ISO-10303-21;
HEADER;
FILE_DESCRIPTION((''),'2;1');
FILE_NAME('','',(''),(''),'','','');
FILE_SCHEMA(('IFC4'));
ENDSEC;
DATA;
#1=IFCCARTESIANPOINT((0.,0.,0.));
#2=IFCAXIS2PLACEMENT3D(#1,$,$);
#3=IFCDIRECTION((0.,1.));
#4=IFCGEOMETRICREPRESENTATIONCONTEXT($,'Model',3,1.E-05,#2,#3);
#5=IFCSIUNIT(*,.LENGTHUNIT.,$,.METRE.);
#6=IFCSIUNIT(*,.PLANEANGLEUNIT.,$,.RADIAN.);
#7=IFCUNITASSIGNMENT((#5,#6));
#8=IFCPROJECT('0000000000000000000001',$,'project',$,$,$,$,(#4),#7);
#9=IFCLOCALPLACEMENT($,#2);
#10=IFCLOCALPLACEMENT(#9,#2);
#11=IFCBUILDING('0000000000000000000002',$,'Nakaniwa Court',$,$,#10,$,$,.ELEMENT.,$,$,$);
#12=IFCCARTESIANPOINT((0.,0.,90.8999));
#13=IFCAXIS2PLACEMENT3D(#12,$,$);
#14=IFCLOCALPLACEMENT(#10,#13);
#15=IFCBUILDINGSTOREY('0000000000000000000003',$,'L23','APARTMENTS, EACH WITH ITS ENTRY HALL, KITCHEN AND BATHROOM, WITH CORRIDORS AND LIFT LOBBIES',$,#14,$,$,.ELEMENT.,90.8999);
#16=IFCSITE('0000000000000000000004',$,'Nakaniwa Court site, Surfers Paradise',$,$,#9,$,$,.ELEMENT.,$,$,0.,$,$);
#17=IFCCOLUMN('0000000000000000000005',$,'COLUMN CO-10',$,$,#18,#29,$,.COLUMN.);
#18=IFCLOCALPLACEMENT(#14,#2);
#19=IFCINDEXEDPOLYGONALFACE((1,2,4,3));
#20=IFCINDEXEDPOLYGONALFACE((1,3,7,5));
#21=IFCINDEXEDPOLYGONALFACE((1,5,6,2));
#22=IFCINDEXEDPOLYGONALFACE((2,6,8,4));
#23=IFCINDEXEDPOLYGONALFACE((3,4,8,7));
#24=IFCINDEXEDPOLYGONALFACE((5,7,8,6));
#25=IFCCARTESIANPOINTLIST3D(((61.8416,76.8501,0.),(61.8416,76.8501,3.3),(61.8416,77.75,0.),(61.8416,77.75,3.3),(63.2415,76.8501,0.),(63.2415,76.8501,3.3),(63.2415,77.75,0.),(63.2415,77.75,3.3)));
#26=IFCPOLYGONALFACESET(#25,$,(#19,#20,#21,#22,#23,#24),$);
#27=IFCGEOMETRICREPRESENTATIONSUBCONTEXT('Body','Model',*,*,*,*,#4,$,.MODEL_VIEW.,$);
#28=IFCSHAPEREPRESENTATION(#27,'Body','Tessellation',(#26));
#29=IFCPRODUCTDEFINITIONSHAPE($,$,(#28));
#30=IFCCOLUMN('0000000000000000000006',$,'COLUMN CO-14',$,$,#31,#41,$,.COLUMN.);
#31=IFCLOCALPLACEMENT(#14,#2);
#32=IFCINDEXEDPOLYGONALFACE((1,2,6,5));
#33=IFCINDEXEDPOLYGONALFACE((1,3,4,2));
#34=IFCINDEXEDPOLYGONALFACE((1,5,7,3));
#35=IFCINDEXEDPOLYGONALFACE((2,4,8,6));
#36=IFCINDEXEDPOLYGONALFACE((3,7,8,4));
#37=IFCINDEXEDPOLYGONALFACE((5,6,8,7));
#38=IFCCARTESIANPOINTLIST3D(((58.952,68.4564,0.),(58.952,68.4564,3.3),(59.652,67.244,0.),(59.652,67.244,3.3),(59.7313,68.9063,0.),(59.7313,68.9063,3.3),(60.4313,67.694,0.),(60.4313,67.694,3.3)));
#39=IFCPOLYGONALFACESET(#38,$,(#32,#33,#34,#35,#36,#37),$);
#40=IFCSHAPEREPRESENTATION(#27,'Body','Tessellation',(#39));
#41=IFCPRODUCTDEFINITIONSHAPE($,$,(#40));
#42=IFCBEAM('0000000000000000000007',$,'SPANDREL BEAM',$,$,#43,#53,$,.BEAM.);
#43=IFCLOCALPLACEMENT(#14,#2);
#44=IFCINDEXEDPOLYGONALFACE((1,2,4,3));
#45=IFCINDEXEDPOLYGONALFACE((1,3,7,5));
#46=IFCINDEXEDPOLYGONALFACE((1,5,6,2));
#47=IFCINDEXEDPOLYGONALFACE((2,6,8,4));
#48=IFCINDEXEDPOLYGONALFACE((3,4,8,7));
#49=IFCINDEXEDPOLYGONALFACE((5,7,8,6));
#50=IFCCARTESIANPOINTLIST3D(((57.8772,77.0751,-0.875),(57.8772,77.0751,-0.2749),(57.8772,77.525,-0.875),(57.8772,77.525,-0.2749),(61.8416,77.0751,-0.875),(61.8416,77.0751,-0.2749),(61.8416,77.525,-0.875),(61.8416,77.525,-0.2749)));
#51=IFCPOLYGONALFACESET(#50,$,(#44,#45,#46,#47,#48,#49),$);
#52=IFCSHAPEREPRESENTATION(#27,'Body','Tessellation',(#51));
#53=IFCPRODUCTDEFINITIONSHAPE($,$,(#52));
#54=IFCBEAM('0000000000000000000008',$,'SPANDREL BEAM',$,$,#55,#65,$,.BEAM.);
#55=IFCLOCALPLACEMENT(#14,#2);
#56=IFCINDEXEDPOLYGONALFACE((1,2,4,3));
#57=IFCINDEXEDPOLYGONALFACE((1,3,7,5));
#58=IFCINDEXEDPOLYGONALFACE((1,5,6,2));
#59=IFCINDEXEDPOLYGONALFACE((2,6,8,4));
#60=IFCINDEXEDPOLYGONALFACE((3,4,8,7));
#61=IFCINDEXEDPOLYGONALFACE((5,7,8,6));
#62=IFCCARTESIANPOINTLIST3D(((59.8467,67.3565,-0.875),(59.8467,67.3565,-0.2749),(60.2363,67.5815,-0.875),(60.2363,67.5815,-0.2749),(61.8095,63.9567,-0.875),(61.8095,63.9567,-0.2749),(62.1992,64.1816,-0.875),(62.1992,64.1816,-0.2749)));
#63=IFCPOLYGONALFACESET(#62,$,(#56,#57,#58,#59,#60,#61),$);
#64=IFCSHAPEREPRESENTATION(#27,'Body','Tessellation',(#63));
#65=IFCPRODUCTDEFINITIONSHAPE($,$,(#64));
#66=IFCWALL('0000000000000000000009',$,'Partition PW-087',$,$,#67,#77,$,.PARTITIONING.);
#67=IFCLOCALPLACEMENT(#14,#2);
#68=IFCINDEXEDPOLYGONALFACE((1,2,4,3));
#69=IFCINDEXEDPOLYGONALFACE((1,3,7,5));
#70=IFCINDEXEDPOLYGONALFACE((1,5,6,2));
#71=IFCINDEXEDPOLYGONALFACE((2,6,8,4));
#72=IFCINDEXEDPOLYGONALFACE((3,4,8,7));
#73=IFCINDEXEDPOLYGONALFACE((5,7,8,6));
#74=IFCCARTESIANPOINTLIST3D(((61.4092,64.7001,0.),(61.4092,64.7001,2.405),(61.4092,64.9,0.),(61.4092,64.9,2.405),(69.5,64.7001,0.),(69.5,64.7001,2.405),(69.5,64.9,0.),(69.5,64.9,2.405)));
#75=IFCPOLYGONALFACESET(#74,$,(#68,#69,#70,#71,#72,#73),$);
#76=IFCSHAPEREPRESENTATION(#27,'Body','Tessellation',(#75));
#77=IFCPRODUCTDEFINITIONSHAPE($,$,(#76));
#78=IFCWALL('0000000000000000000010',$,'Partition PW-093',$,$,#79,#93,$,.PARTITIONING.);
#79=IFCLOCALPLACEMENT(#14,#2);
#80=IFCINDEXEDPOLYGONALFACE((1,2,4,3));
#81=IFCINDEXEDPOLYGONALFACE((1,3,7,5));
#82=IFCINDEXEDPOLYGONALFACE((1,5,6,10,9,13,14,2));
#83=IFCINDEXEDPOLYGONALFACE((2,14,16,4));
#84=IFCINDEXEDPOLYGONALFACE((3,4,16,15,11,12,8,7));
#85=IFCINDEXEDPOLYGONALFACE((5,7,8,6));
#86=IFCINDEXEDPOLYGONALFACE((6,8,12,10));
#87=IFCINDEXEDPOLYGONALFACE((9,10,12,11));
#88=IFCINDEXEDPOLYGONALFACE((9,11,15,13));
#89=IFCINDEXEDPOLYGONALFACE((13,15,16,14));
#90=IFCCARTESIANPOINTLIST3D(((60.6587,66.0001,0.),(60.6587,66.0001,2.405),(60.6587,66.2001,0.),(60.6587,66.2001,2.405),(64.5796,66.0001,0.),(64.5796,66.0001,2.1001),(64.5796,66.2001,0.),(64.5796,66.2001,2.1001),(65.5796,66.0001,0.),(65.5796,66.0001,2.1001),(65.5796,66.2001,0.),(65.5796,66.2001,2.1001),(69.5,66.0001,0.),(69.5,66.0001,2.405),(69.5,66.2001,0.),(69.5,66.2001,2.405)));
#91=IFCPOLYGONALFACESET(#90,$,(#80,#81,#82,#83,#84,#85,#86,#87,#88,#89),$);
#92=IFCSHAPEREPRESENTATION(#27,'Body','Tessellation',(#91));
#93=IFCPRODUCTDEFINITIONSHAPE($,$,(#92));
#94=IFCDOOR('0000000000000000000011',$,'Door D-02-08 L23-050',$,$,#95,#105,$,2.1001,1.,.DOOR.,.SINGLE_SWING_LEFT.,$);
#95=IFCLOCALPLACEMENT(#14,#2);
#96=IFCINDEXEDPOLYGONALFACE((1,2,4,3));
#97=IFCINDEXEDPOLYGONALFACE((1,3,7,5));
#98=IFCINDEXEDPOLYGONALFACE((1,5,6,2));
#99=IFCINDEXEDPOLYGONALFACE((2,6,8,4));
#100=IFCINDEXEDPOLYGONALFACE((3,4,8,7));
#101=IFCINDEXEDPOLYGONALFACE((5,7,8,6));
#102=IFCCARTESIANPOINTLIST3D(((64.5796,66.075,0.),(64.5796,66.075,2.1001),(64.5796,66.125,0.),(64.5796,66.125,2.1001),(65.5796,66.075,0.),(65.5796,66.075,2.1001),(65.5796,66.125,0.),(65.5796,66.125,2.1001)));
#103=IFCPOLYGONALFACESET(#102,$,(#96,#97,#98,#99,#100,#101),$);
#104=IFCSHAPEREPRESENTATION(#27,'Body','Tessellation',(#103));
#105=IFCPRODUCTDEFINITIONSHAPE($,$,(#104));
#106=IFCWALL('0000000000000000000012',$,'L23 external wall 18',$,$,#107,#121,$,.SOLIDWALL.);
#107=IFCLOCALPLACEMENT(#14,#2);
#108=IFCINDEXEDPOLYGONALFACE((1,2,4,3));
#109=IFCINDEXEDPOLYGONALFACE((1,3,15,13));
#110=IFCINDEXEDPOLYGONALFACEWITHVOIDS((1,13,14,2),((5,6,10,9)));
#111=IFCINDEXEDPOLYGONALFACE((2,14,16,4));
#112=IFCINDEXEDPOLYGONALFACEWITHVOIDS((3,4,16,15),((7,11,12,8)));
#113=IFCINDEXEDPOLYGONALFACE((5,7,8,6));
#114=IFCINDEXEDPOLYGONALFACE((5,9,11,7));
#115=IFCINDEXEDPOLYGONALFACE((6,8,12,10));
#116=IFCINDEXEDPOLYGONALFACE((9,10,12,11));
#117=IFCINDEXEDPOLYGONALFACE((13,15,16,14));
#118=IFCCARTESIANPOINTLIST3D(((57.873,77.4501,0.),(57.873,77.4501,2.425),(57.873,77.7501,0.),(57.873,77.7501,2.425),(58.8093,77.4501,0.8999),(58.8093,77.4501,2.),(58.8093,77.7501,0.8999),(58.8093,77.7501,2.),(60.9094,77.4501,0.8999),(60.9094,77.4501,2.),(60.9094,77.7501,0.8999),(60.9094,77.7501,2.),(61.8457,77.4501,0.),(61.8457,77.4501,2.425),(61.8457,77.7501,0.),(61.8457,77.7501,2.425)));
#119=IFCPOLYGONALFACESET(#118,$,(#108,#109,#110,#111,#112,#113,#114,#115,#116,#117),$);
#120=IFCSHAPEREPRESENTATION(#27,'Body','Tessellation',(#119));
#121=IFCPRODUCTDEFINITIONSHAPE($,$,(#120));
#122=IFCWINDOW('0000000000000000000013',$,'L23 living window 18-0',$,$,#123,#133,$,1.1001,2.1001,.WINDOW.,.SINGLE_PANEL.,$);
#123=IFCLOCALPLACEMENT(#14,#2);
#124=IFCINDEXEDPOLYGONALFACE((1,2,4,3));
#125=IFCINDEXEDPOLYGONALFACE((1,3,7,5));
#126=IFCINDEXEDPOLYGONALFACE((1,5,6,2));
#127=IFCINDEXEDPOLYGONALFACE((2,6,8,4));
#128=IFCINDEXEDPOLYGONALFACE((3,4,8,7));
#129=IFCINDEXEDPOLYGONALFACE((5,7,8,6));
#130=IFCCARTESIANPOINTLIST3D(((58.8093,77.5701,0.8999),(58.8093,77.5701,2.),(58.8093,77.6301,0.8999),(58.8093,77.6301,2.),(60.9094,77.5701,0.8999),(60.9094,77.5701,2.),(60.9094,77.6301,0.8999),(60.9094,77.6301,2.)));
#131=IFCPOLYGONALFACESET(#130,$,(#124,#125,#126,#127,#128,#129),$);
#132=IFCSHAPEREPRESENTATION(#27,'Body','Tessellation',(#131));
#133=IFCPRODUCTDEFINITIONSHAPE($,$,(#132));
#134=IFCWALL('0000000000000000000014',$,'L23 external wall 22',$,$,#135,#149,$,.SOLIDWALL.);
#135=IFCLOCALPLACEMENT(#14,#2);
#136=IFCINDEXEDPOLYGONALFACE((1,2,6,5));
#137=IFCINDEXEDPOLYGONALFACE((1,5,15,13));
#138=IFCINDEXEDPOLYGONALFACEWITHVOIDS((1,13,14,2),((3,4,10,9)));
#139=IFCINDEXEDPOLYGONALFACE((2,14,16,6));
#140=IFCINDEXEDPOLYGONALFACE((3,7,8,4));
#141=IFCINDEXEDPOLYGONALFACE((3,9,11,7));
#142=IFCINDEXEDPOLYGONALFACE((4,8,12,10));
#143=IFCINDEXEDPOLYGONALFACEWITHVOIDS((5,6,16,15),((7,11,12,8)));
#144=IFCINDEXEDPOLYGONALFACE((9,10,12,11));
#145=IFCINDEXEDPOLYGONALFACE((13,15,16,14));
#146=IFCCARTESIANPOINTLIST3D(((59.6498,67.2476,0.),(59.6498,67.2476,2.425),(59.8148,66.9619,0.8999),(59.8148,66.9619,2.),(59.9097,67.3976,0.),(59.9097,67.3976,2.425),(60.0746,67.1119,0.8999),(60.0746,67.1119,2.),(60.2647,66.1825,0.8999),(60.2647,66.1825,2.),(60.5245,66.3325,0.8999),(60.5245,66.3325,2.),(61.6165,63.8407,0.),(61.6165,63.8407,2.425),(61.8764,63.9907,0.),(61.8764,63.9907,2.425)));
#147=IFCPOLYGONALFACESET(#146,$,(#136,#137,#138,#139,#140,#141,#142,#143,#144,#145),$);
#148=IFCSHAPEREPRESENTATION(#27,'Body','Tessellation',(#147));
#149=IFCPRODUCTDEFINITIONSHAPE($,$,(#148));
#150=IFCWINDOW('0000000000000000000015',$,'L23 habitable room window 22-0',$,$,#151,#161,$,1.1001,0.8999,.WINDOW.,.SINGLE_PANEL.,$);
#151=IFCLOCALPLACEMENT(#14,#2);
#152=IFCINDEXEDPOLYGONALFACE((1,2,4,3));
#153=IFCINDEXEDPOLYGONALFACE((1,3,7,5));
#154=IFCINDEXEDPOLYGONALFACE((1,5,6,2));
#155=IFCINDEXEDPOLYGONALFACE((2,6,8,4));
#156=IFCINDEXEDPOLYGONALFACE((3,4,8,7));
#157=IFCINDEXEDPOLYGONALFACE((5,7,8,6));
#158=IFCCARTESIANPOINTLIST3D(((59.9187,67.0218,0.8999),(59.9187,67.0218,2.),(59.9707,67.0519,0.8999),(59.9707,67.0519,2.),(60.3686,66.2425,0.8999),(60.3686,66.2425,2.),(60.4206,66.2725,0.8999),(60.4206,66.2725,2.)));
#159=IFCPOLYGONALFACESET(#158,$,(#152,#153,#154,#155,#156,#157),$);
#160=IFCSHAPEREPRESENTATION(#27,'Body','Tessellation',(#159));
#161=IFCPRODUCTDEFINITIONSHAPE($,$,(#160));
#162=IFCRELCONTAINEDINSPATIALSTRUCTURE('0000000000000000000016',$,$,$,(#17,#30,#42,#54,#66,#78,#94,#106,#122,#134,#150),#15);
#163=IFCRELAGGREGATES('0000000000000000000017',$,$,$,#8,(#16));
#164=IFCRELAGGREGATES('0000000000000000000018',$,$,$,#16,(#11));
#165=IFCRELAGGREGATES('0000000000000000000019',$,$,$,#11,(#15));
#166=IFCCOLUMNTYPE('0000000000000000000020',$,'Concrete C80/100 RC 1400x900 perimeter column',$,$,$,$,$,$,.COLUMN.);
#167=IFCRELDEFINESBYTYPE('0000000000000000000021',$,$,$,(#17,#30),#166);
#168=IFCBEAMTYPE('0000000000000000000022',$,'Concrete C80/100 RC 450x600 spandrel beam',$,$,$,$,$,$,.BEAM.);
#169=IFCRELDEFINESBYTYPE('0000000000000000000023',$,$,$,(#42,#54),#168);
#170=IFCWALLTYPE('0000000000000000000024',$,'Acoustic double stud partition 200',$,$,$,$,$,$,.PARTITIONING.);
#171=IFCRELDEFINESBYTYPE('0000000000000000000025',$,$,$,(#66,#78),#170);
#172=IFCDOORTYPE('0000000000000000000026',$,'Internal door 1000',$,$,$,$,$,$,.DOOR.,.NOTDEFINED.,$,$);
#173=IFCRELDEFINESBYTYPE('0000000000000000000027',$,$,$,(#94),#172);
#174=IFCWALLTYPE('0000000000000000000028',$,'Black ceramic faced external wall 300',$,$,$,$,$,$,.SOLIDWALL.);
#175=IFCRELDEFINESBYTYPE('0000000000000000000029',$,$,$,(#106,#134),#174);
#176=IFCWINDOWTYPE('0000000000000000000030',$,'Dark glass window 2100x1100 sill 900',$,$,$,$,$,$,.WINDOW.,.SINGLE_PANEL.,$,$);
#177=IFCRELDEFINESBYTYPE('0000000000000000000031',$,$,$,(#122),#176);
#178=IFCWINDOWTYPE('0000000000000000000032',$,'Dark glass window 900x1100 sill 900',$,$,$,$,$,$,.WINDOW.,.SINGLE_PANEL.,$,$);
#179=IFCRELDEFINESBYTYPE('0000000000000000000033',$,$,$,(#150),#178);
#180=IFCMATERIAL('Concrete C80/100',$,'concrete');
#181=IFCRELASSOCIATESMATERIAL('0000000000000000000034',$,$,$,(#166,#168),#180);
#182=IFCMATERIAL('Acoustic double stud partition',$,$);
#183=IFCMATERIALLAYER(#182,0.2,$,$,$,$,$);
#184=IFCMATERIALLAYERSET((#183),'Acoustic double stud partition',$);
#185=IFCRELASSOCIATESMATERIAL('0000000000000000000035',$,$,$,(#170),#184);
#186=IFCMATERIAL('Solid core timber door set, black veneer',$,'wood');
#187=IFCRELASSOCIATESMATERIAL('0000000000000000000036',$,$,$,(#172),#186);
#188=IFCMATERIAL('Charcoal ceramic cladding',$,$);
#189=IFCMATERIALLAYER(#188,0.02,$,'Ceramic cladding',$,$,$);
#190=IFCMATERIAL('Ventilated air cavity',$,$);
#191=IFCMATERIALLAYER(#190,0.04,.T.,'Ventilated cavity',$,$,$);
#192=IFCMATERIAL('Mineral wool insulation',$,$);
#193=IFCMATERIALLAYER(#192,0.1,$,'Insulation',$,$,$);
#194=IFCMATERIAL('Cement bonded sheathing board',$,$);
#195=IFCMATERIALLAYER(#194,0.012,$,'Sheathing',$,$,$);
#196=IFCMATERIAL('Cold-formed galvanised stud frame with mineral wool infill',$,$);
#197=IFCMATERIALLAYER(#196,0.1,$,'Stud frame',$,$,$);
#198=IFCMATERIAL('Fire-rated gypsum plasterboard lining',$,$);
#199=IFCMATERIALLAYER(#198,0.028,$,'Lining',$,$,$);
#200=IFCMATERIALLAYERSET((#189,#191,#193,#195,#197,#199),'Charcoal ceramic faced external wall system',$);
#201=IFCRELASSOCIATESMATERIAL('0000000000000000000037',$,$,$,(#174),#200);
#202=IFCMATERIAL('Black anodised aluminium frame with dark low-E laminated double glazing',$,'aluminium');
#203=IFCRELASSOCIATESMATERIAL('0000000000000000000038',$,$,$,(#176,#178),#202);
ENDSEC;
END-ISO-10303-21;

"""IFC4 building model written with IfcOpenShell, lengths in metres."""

from ifc_helpers import new_model, si_unit, direction, frame, frame_2d, origin, origin_2d, place, context, subcontext, project, spatial, rectangle, extrude, material, layer, layer_set, material_profile, profile_set, type_object, element, fill, save


model = new_model("IFC4")

# Units and contexts
model_context = context("Model", 3, precision=1e-05, world=origin(), true_north=direction((0.0, 1.0)))
body_context = subcontext(model_context, "Body", "Model", "MODEL_VIEW")
ifc_project = project(units=[si_unit("LENGTHUNIT", "METRE"), si_unit("PLANEANGLEUNIT", "RADIAN")], contexts=[model_context])

# Site, building, storey
site_placement = place(None, origin())
site = spatial("IfcSite", under=ifc_project, at=site_placement, Name="Nakaniwa Court site, Surfers Paradise", CompositionType="ELEMENT", RefElevation=0.0)
building_placement = place(site_placement, origin())
building = spatial("IfcBuilding", under=site, at=building_placement, Name="Nakaniwa Court", CompositionType="ELEMENT")
storey_placement = place(building_placement, frame((0.0, 0.0, 90.8999)))
storey = spatial("IfcBuildingStorey", under=building, at=storey_placement, Name="L23", Description="APARTMENTS, EACH WITH ITS ENTRY HALL, KITCHEN AND BATHROOM, WITH CORRIDORS AND LIFT LOBBIES", CompositionType="ELEMENT", Elevation=90.8999)

# Columns
ifc_material_1 = material(Name="Concrete C80/100", Category="concrete")
ifc_material_profile_1 = material_profile(ifc_material_1, rectangle(XDim=1.3999, YDim=0.8999, at=origin_2d()), Name="Concrete C80/100 RC 1400x900 perimeter column")
ifc_profile_set_1 = profile_set([ifc_material_profile_1], Name="Concrete C80/100")
column_type = type_object("IfcColumnType", Name="Concrete C80/100 RC 1400x900 perimeter column", PredefinedType="COLUMN", material=ifc_profile_set_1)
for number, where, z_axis, x_axis, name in (
    (1, (62.5415, 77.3, 0.0), (0.0, 0.0, 1.0), (-1.0, 0.0, 0.0), "COLUMN CO-10"),
    (2, (59.6917, 68.0752, 0.0), (0.0, 0.0, 1.0), (0.5, -0.866025, 0.0), "COLUMN CO-14"),
):
    element("IfcColumn", number, at=place(storey_placement, frame(where, z_axis=z_axis, x_axis=x_axis)), inside=storey, type_object=column_type, Name=name, PredefinedType="COLUMN", context=body_context, shape_type="SweptSolid", body=[
        extrude(rectangle(XDim=1.3999, YDim=0.8999, at=origin_2d()), origin(), (0.0, 0.0, 1.0), 3.3),
    ])

# Beams
ifc_material_profile_2 = material_profile(ifc_material_1, rectangle(XDim=0.45, YDim=0.6001, at=origin_2d()), Name="Concrete C80/100 RC 450x600 spandrel beam")
ifc_profile_set_2 = profile_set([ifc_material_profile_2], Name="Concrete C80/100")
beam_type = type_object("IfcBeamType", Name="Concrete C80/100 RC 450x600 spandrel beam", PredefinedType="BEAM", material=ifc_profile_set_2)
beam_1_placement = place(storey_placement, frame((61.8416, 77.3, -0.575), z_axis=(-1.0, 0.0, 0.0), x_axis=(0.0, -1.0, 0.0)))
element("IfcBeam", 3, at=beam_1_placement, inside=storey, type_object=beam_type, Name="SPANDREL BEAM", PredefinedType="BEAM", context=body_context, shape_type="SweptSolid", body=[
    extrude(rectangle(XDim=0.45, YDim=0.6001, at=origin_2d()), origin(), (0.0, 0.0, 1.0), 3.9644),
])
beam_2_placement = place(storey_placement, frame((60.0415, 67.469, -0.575), z_axis=(0.499992, -0.86603, 0.0), x_axis=(0.86603, 0.499992, 0.0)))
element("IfcBeam", 4, at=beam_2_placement, inside=storey, type_object=beam_type, Name="SPANDREL BEAM", PredefinedType="BEAM", context=body_context, shape_type="SweptSolid", body=[
    extrude(rectangle(XDim=0.45, YDim=0.6001, at=origin_2d()), origin(), (0.0, 0.0, 1.0), 3.9258),
])

# Wall
ifc_material_2 = material(Name="Acoustic double stud partition")
ifc_layer_1 = layer(ifc_material_2, 0.2)
ifc_layer_set_1 = layer_set([ifc_layer_1], Name="Acoustic double stud partition")
wall_type_1 = type_object("IfcWallType", Name="Acoustic double stud partition 200", PredefinedType="PARTITIONING", material=ifc_layer_set_1)
wall_1_placement = place(storey_placement, frame((61.4092, 64.8, 0.0), z_axis=(0.0, 0.0, 1.0), x_axis=(1.0, 0.0, 0.0)))
element("IfcWall", 5, at=wall_1_placement, inside=storey, type_object=wall_type_1, Name="Partition PW-087", PredefinedType="PARTITIONING", context=body_context, shape_type="SweptSolid", body=[
    extrude(rectangle(XDim=8.0908, YDim=0.2, at=frame_2d((4.0454, 0.0))), origin(), (0.0, 0.0, 1.0), 2.405),
])

# Wall, opening, door
wall_2_placement = place(storey_placement, frame((60.6587, 66.1001, 0.0), z_axis=(0.0, 0.0, 1.0), x_axis=(1.0, 0.0, 0.0)))
wall_2 = element("IfcWall", 6, at=wall_2_placement, inside=storey, type_object=wall_type_1, Name="Partition PW-093", PredefinedType="PARTITIONING", context=body_context, shape_type="SweptSolid", body=[
    extrude(rectangle(XDim=8.8413, YDim=0.2, at=frame_2d((4.4207, 0.0))), origin(), (0.0, 0.0, 1.0), 2.405),
])
opening_1_placement = place(wall_2_placement, frame((3.9209, 0.0, 0.0)))
opening_1 = element("IfcOpeningElement", 7, at=opening_1_placement, cuts=wall_2, PredefinedType="OPENING", context=body_context, shape_type="SweptSolid", body=[
    extrude(rectangle(XDim=1.0, YDim=2.1001, at=frame_2d((0.5, 1.05))), frame((0.0, 0.1099, 0.0), z_axis=(0.0, -1.0, 0.0), x_axis=(1.0, 0.0, 0.0)), (0.0, 0.0, 1.0), 0.22),
])
ifc_material_3 = material(Name="Solid core timber door set, black veneer", Category="wood")
door_type_1 = type_object("IfcDoorType", Name="Internal door 1000", OperationType="NOTDEFINED", PredefinedType="DOOR", material=ifc_material_3)
door_1_placement = place(opening_1_placement, origin())
door_1 = element("IfcDoor", 8, at=door_1_placement, inside=storey, type_object=door_type_1, Name="Door D-02-08 L23-050", OperationType="SINGLE_SWING_LEFT", OverallHeight=2.1001, OverallWidth=1.0, PredefinedType="DOOR", context=body_context, shape_type="SweptSolid", body=[
    extrude(rectangle(XDim=1.0, YDim=2.1001, at=frame_2d((0.5, 1.05))), frame((0.0, 0.0249, 0.0), z_axis=(0.0, -1.0, 0.0), x_axis=(1.0, 0.0, 0.0)), (0.0, 0.0, 1.0), 0.05),
])
fill(opening_1, door_1)

# Walls, openings, windows
ifc_material_4 = material(Name="Charcoal ceramic cladding")
ifc_layer_2 = layer(ifc_material_4, 0.02, Name="Ceramic cladding")
ifc_material_5 = material(Name="Ventilated air cavity")
ifc_layer_3 = layer(ifc_material_5, 0.04, ventilated=True, Name="Ventilated cavity")
ifc_material_6 = material(Name="Mineral wool insulation")
ifc_layer_4 = layer(ifc_material_6, 0.1, Name="Insulation")
ifc_material_7 = material(Name="Cement bonded sheathing board")
ifc_layer_5 = layer(ifc_material_7, 0.012, Name="Sheathing")
ifc_material_8 = material(Name="Cold-formed galvanised stud frame with mineral wool infill")
ifc_layer_6 = layer(ifc_material_8, 0.1, Name="Stud frame")
ifc_material_9 = material(Name="Fire-rated gypsum plasterboard lining")
ifc_layer_7 = layer(ifc_material_9, 0.028, Name="Lining")
ifc_layer_set_2 = layer_set([ifc_layer_2, ifc_layer_3, ifc_layer_4, ifc_layer_5, ifc_layer_6, ifc_layer_7], Name="Charcoal ceramic faced external wall system")
wall_type_2 = type_object("IfcWallType", Name="Black ceramic faced external wall 300", PredefinedType="SOLIDWALL", material=ifc_layer_set_2)
wall_3_placement = place(storey_placement, frame((61.8457, 77.6001, 0.0), z_axis=(0.0, 0.0, 1.0), x_axis=(-1.0, 0.0, 0.0)))
wall_3 = element("IfcWall", 9, at=wall_3_placement, inside=storey, type_object=wall_type_2, Name="L23 external wall 18", PredefinedType="SOLIDWALL", context=body_context, shape_type="SweptSolid", body=[
    extrude(rectangle(XDim=3.9727, YDim=0.3, at=frame_2d((1.9863, 0.0))), origin(), (0.0, 0.0, 1.0), 2.425),
])
opening_2_placement = place(wall_3_placement, frame((0.9363, 0.0, 0.8999)))
opening_2 = element("IfcOpeningElement", 10, at=opening_2_placement, cuts=wall_3, PredefinedType="OPENING", context=body_context, shape_type="SweptSolid", body=[
    extrude(rectangle(XDim=2.1001, YDim=1.1001, at=frame_2d((1.05, 0.55))), frame((0.0, 0.1599, 0.0), z_axis=(0.0, -1.0, 0.0), x_axis=(1.0, 0.0, 0.0)), (0.0, 0.0, 1.0), 0.3201),
])
ifc_material_10 = material(Name="Black anodised aluminium frame with dark low-E laminated double glazing", Category="aluminium")
window_type_1 = type_object("IfcWindowType", Name="Dark glass window 2100x1100 sill 900", PartitioningType="SINGLE_PANEL", PredefinedType="WINDOW", material=ifc_material_10)
window_1_placement = place(opening_2_placement, origin())
window_1 = element("IfcWindow", 11, at=window_1_placement, inside=storey, type_object=window_type_1, Name="L23 living window 18-0", OverallHeight=1.1001, OverallWidth=2.1001, PartitioningType="SINGLE_PANEL", PredefinedType="WINDOW", context=body_context, shape_type="SweptSolid", body=[
    extrude(rectangle(XDim=2.1001, YDim=1.1001, at=frame_2d((1.05, 0.55))), frame((0.0, 0.03, 0.0), z_axis=(0.0, -1.0, 0.0), x_axis=(1.0, 0.0, 0.0)), (0.0, 0.0, 1.0), 0.0601),
])
fill(opening_2, window_1)
wall_4_placement = place(storey_placement, frame((59.7798, 67.3225, 0.0), z_axis=(0.0, 0.0, 1.0), x_axis=(0.499957, -0.86605, 0.0)))
wall_4 = element("IfcWall", 12, at=wall_4_placement, inside=storey, type_object=wall_type_2, Name="L23 external wall 22", PredefinedType="SOLIDWALL", context=body_context, shape_type="SweptSolid", body=[
    extrude(rectangle(XDim=3.9338, YDim=0.3, at=frame_2d((1.9668, 0.0))), origin(), (0.0, 0.0, 1.0), 2.425),
])
opening_3_placement = place(wall_4_placement, frame((0.3298, 0.0, 0.8999)))
opening_3 = element("IfcOpeningElement", 13, at=opening_3_placement, cuts=wall_4, PredefinedType="OPENING", context=body_context, shape_type="SweptSolid", body=[
    extrude(rectangle(XDim=0.8999, YDim=1.1001, at=frame_2d((0.45, 0.55))), frame((0.0, 0.1599, 0.0), z_axis=(0.0, -1.0, 0.0), x_axis=(1.0, 0.0, 0.0)), (0.0, 0.0, 1.0), 0.3201),
])
window_type_2 = type_object("IfcWindowType", Name="Dark glass window 900x1100 sill 900", PartitioningType="SINGLE_PANEL", PredefinedType="WINDOW", material=ifc_material_10)
window_2_placement = place(opening_3_placement, origin())
window_2 = element("IfcWindow", 14, at=window_2_placement, inside=storey, type_object=window_type_2, Name="L23 habitable room window 22-0", OverallHeight=1.1001, OverallWidth=0.8999, PartitioningType="SINGLE_PANEL", PredefinedType="WINDOW", context=body_context, shape_type="SweptSolid", body=[
    extrude(rectangle(XDim=0.8999, YDim=1.1001, at=frame_2d((0.45, 0.55))), frame((0.0, 0.03, 0.0), z_axis=(0.0, -1.0, 0.0), x_axis=(1.0, 0.0, 0.0)), (0.0, 0.0, 1.0), 0.0601),
])
fill(opening_3, window_2)

save(model, "model.ifc")
